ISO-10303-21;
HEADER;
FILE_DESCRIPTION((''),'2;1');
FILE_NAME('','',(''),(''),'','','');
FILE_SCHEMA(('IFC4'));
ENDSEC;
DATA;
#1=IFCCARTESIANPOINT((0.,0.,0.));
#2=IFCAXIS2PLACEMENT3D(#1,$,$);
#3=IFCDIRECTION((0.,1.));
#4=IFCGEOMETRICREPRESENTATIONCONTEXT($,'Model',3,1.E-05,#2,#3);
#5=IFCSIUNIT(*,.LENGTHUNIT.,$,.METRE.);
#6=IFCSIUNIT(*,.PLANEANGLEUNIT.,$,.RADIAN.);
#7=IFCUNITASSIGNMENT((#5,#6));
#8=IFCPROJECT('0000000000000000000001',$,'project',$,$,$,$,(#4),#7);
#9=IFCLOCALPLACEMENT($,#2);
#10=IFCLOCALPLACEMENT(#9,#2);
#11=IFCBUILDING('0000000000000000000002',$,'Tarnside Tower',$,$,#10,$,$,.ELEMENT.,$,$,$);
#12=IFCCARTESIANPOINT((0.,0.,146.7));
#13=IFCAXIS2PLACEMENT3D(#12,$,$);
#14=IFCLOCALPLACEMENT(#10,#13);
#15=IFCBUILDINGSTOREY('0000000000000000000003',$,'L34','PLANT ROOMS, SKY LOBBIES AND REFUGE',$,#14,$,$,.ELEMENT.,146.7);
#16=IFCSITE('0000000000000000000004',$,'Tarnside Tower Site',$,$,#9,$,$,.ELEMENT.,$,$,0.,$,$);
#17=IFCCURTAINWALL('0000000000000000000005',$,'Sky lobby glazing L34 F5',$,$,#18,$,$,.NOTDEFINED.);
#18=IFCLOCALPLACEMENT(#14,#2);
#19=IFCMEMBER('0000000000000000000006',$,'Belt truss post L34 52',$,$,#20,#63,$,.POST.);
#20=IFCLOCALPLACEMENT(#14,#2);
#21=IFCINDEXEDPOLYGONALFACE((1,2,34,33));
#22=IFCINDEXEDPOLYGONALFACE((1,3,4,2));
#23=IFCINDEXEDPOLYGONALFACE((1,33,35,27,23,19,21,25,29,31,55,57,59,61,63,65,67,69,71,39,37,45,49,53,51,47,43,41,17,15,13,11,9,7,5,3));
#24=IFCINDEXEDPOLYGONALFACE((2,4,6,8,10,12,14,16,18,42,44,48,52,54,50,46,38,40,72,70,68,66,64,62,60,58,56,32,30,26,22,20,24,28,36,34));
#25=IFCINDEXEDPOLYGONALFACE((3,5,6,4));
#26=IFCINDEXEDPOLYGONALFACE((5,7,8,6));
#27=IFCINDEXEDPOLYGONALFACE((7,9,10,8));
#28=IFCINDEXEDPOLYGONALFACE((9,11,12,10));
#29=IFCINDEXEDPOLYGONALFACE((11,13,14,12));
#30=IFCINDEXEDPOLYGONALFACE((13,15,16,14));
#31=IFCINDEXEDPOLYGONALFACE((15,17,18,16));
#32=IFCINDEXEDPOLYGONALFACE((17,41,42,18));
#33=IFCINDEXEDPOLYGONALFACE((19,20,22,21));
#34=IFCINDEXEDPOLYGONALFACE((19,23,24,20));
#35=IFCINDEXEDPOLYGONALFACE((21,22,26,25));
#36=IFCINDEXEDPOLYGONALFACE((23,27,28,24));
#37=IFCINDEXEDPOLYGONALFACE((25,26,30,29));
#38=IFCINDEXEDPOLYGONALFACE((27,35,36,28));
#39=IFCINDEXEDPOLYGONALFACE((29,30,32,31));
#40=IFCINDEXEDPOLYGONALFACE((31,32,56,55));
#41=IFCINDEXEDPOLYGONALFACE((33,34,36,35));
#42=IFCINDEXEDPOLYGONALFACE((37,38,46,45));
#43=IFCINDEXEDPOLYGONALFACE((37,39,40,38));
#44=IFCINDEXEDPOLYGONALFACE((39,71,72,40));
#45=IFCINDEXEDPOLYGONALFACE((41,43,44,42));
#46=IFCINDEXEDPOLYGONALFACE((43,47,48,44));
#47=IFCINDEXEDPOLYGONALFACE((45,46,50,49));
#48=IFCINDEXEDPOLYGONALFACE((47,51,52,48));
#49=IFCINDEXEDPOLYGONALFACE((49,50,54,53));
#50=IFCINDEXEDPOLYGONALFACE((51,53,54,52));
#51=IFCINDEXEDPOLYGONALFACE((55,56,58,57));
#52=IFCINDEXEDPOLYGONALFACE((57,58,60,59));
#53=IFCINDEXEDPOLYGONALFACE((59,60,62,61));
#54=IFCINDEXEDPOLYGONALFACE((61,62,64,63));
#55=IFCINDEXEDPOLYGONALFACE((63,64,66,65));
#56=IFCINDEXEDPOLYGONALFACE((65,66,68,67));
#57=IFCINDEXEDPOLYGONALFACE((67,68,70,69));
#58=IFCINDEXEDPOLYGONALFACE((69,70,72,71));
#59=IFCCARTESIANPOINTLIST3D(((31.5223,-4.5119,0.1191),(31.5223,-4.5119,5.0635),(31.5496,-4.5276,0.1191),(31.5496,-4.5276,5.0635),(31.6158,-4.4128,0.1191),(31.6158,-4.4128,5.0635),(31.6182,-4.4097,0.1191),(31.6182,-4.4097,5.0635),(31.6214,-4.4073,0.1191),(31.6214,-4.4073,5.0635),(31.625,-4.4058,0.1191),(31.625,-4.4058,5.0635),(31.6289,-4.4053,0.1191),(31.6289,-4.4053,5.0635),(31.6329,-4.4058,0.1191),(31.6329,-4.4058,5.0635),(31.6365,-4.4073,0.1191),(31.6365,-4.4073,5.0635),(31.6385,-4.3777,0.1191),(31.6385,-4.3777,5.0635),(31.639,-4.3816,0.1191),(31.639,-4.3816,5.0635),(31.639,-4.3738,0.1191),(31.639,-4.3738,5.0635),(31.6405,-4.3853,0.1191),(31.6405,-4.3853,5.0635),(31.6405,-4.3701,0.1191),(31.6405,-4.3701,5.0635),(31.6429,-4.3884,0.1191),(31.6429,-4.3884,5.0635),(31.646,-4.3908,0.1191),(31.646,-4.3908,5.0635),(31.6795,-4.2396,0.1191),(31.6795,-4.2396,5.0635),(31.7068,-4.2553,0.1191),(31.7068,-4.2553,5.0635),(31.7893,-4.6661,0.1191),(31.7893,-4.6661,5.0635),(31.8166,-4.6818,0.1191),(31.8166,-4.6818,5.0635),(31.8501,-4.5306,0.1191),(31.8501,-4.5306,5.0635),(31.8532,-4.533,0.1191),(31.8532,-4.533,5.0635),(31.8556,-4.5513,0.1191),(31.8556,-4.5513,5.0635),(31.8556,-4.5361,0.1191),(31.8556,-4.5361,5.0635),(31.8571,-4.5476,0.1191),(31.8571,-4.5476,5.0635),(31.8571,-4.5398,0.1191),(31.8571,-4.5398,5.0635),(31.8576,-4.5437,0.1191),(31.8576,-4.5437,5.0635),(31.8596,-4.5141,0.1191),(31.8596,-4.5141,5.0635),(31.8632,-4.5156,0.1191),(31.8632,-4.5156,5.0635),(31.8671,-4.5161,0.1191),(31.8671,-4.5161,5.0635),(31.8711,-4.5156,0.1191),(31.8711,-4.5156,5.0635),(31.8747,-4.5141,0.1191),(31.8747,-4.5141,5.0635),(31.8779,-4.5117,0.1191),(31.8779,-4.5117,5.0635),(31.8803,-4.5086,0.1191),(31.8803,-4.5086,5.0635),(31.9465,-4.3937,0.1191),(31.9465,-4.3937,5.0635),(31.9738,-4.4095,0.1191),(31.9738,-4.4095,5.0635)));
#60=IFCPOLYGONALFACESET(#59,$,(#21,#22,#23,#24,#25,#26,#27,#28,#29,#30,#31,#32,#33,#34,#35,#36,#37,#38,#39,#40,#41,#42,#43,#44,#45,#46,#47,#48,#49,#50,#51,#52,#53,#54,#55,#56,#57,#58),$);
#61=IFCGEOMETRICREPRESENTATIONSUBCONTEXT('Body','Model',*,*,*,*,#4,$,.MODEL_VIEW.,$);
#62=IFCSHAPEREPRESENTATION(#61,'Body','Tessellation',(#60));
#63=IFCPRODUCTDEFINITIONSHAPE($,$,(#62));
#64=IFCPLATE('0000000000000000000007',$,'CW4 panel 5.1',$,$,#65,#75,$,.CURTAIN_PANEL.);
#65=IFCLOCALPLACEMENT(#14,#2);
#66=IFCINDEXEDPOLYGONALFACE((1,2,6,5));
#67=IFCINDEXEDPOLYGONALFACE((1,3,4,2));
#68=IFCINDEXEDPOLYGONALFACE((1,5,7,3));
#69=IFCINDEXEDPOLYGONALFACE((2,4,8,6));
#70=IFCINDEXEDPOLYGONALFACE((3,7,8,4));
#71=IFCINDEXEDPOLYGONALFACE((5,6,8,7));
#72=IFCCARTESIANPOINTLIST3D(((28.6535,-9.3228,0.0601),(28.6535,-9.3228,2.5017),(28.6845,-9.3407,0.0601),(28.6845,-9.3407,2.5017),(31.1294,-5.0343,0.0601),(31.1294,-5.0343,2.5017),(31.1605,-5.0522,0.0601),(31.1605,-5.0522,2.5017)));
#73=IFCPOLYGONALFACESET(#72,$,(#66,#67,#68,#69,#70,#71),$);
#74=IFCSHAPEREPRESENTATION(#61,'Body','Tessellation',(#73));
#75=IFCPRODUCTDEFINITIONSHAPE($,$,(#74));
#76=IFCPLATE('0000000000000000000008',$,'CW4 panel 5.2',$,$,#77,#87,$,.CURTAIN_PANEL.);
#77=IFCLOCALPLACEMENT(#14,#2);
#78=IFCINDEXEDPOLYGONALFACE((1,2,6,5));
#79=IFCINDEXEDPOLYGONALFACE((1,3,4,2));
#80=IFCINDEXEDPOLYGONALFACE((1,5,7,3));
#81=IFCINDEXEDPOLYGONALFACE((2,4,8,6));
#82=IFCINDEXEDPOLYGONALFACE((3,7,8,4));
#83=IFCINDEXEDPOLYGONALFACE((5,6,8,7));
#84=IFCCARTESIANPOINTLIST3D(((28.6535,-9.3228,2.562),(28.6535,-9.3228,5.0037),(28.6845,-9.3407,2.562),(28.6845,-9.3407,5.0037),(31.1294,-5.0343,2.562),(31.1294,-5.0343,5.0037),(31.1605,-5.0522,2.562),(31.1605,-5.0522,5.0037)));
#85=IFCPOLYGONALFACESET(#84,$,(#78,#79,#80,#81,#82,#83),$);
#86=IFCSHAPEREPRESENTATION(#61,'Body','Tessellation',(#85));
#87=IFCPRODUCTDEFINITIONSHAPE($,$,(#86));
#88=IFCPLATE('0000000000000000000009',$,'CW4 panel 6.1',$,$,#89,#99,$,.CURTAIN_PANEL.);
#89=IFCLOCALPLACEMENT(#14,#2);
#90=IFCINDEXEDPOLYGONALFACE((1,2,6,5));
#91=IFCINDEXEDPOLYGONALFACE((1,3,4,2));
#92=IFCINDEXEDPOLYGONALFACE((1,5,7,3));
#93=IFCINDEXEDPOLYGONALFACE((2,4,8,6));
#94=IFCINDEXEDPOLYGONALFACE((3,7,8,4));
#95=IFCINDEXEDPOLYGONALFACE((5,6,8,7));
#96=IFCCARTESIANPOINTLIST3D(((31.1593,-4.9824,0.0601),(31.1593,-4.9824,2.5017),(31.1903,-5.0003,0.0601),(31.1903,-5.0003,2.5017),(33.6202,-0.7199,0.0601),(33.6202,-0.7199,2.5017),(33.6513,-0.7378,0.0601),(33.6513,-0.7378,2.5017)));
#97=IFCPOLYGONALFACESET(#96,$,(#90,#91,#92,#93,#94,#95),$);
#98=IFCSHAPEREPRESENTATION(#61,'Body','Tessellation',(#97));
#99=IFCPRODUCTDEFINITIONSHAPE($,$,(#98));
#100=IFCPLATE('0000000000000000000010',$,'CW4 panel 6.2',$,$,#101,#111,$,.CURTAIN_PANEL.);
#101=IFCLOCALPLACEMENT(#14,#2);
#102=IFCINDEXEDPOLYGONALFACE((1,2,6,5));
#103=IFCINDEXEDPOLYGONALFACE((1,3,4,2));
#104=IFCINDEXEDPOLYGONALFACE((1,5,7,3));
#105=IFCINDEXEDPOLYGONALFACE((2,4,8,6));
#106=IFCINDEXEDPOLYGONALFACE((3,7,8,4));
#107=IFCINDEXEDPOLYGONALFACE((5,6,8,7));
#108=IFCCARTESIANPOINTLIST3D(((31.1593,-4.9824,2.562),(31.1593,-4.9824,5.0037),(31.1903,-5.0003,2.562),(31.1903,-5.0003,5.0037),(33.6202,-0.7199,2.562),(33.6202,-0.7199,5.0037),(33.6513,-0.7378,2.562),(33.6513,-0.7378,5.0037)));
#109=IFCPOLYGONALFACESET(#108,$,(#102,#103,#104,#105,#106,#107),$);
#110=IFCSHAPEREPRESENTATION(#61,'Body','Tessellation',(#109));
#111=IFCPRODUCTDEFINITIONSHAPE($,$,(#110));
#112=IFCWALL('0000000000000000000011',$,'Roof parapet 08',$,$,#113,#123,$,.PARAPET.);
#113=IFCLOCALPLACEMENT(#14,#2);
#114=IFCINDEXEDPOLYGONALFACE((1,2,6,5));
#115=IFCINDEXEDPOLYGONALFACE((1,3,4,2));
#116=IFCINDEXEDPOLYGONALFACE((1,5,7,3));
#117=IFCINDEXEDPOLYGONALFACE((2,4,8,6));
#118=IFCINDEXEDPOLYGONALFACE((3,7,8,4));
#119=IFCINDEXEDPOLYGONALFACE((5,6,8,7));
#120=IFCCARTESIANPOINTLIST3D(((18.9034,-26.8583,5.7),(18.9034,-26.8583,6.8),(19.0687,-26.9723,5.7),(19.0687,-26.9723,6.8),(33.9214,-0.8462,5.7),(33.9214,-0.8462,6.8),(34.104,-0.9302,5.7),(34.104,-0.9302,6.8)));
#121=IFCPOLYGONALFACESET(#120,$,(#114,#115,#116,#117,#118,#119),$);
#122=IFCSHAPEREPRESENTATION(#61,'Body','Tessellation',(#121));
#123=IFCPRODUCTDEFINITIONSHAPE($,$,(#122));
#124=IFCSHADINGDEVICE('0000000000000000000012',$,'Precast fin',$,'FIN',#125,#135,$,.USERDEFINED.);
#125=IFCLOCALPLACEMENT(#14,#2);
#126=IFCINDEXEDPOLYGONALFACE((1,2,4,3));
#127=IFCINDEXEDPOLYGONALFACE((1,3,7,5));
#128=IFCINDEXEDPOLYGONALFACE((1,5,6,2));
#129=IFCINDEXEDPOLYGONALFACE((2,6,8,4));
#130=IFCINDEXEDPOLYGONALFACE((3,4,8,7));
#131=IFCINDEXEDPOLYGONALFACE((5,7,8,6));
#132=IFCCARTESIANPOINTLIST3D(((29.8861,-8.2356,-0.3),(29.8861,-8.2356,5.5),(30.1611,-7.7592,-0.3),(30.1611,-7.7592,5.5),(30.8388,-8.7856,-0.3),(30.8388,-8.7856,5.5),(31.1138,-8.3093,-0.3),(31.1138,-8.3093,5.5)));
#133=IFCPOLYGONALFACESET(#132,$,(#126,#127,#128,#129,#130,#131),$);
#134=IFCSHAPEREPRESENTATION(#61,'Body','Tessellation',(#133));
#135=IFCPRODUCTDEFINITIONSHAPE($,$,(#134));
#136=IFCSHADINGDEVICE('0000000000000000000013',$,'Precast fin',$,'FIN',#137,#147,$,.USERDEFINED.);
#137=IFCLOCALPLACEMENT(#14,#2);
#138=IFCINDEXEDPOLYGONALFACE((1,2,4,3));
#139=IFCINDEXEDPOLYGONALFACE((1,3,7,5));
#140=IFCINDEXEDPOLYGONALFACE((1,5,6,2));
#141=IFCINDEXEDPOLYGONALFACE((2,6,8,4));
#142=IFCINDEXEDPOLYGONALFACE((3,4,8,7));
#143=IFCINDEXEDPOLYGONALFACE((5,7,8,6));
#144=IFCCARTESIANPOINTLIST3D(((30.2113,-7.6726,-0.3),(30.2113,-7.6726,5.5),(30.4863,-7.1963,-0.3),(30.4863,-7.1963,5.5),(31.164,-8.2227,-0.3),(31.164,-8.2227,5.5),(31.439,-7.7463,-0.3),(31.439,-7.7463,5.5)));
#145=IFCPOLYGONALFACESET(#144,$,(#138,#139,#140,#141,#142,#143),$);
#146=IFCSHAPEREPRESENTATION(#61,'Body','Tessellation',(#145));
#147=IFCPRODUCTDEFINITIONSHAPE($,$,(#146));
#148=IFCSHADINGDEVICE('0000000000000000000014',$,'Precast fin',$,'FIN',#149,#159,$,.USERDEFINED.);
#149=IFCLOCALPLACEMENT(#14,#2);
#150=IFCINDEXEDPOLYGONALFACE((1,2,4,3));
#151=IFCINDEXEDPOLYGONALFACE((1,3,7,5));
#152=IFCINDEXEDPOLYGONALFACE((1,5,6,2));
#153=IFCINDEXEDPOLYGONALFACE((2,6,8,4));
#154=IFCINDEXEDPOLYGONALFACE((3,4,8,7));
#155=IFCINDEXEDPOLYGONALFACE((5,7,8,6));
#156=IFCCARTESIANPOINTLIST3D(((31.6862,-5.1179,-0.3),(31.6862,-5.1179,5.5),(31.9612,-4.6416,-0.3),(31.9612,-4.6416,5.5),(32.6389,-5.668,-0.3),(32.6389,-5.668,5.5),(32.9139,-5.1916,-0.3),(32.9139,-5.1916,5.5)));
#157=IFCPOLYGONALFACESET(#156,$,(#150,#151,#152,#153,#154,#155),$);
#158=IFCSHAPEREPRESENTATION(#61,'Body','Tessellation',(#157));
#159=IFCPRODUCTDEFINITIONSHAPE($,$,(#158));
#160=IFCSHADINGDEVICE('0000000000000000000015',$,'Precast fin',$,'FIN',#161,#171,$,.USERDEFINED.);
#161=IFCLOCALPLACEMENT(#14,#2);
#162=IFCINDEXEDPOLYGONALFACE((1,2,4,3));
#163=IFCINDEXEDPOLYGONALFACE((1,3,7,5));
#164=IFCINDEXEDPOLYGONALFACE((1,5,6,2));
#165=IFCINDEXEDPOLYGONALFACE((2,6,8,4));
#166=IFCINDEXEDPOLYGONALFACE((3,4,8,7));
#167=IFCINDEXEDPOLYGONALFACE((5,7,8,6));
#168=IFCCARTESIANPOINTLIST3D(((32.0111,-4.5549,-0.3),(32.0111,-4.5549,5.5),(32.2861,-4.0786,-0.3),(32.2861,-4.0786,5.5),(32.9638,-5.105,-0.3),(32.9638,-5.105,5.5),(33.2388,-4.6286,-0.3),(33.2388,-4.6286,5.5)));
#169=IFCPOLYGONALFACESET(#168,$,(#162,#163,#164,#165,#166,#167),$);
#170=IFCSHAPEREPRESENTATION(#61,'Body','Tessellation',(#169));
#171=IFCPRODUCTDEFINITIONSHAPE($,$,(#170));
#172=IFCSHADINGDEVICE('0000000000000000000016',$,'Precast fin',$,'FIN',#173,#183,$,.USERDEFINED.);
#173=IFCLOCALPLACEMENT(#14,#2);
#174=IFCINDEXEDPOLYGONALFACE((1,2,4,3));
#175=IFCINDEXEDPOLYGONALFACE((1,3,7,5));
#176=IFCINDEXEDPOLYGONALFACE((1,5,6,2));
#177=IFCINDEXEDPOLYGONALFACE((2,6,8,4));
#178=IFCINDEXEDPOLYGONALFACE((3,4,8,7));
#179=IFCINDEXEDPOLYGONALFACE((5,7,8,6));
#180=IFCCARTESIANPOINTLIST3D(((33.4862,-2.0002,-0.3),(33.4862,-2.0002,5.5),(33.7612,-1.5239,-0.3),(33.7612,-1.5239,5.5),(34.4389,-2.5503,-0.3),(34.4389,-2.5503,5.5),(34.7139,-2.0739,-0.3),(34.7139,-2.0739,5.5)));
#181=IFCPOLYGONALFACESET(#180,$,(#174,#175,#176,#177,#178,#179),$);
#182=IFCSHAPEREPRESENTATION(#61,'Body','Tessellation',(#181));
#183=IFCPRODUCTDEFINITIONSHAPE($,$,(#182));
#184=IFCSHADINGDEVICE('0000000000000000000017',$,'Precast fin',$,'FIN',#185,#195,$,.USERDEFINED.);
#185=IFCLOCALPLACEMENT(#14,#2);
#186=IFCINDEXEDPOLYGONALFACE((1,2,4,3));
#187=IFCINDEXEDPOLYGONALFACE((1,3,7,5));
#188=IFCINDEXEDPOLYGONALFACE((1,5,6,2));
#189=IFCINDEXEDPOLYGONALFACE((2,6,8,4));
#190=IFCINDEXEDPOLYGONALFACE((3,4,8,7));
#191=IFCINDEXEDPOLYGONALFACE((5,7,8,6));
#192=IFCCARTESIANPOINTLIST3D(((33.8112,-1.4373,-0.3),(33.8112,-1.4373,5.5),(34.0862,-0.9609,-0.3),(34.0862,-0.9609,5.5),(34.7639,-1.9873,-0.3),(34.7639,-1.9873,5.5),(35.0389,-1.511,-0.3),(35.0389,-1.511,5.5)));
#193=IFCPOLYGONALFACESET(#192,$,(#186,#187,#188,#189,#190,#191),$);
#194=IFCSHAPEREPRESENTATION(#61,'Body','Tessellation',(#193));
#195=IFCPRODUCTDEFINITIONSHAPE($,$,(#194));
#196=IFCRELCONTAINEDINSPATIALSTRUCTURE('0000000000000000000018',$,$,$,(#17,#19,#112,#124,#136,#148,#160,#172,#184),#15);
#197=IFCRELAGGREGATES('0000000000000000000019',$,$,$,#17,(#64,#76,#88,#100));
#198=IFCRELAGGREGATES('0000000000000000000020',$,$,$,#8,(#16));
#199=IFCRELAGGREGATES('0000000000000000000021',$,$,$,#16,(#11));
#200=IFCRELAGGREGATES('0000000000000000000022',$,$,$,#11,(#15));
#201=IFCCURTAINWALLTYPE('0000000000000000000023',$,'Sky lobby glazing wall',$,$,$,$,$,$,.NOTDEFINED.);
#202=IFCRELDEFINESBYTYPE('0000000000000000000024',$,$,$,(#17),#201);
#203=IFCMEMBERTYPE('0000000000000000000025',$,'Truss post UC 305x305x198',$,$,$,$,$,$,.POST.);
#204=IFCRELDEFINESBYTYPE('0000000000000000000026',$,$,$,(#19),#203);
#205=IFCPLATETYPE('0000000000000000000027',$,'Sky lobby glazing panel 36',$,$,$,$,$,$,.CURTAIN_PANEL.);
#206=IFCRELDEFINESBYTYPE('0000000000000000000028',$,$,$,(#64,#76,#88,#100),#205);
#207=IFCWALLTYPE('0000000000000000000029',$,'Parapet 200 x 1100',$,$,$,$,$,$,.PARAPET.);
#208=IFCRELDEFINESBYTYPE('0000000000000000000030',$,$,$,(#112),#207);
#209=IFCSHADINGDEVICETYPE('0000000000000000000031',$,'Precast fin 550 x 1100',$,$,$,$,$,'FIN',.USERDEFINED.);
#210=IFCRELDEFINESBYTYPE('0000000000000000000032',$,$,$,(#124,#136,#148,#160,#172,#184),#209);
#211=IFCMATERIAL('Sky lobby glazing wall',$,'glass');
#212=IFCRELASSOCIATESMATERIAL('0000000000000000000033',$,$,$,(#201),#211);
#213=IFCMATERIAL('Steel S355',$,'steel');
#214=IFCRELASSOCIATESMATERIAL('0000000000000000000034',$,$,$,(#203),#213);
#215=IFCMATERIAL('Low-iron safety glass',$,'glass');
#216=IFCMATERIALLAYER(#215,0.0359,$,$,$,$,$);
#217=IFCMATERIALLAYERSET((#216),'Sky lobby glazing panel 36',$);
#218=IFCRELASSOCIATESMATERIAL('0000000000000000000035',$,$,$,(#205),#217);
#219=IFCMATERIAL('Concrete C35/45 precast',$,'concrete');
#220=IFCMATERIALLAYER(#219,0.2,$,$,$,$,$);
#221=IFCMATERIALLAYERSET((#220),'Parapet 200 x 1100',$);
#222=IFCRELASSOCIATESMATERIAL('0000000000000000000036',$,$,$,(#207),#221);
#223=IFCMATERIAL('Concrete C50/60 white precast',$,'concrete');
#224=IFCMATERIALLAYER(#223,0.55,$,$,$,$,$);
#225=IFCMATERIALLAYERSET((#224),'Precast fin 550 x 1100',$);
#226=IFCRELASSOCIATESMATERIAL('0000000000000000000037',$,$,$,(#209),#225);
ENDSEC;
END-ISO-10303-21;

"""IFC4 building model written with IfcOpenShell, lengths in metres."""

from ifc_helpers import new_model, si_unit, direction, frame, origin, origin_2d, place, context, subcontext, project, spatial, polyline, rectangle, i_section, outline, extrude, material, layer, layer_set, material_profile, profile_set, type_object, element, aggregate, save


model = new_model("IFC4")

# Units and contexts
model_context = context("Model", 3, precision=1e-05, world=origin(), true_north=direction((0.0, 1.0)))
body_context = subcontext(model_context, "Body", "Model", "MODEL_VIEW")
ifc_project = project(units=[si_unit("LENGTHUNIT", "METRE"), si_unit("PLANEANGLEUNIT", "RADIAN")], contexts=[model_context])

# Site, building, storey
site_placement = place(None, origin())
site = spatial("IfcSite", under=ifc_project, at=site_placement, Name="Tarnside Tower Site", CompositionType="ELEMENT", RefElevation=0.0)
building_placement = place(site_placement, origin())
building = spatial("IfcBuilding", under=site, at=building_placement, Name="Tarnside Tower", CompositionType="ELEMENT")
storey_placement = place(building_placement, frame((0.0, 0.0, 146.7)))
storey = spatial("IfcBuildingStorey", under=building, at=storey_placement, Name="L34", Description="PLANT ROOMS, SKY LOBBIES AND REFUGE", CompositionType="ELEMENT", Elevation=146.7)

# Shared definitions
ifc_material_1 = material(Name="Steel S355", Category="steel")

# Curtain wall
ifc_material_2 = material(Name="Sky lobby glazing wall", Category="glass")
curtain_wall_type = type_object("IfcCurtainWallType", Name="Sky lobby glazing wall", PredefinedType="NOTDEFINED", material=ifc_material_2)
curtain_wall_placement = place(storey_placement, origin())
curtain_wall = element("IfcCurtainWall", 1, at=curtain_wall_placement, inside=storey, type_object=curtain_wall_type, Name="Sky lobby glazing L34 F5", PredefinedType="NOTDEFINED")

# Member
ifc_material_profile_1 = material_profile(ifc_material_1, i_section(OverallWidth=0.3145, OverallDepth=0.3398, WebThickness=0.019, FlangeThickness=0.0315, FilletRadius=0.0151, at=origin_2d()), Name="UC 305x305x198")
ifc_profile_set_1 = profile_set([ifc_material_profile_1], Name="Steel S355")
member_type_1 = type_object("IfcMemberType", Name="Truss post UC 305x305x198", PredefinedType="POST", material=ifc_profile_set_1)
for number, where, z_axis, x_axis, name in (
    (2, (31.748, -4.4607, 0.1191), (0.0, 0.0, 1.0), (0.5, 0.866025, 0.0), "Belt truss post L34 52"),
):
    element("IfcMember", number, at=place(storey_placement, frame(where, z_axis=z_axis, x_axis=x_axis)), inside=storey, type_object=member_type_1, Name=name, PredefinedType="POST", context=body_context, shape_type="SweptSolid", body=[
        extrude(i_section(OverallWidth=0.3145, OverallDepth=0.3398, WebThickness=0.019, FlangeThickness=0.0315, FilletRadius=0.0151, at=origin_2d()), origin(), (0.0, 0.0, 1.0), 4.9443),
    ])

# Plates
ifc_material_3 = material(Name="Low-iron safety glass", Category="glass")
ifc_layer_1 = layer(ifc_material_3, 0.0359)
ifc_layer_set_1 = layer_set([ifc_layer_1], Name="Sky lobby glazing panel 36")
plate_type = type_object("IfcPlateType", Name="Sky lobby glazing panel 36", PredefinedType="CURTAIN_PANEL", material=ifc_layer_set_1)
plate_1_placement = place(storey_placement, frame((29.907, -7.1875, 0.0601), z_axis=(0.0, 0.0, 1.0), x_axis=(0.5, 0.866025, 0.0)))
plate_1 = element("IfcPlate", 3, at=plate_1_placement, type_object=plate_type, Name="CW4 panel 5.1", PredefinedType="CURTAIN_PANEL", context=body_context, shape_type="SweptSolid", body=[
    extrude(rectangle(XDim=4.9519, YDim=0.0359, at=origin_2d()), origin(), (0.0, 0.0, 1.0), 2.4417),
])
plate_2_placement = place(storey_placement, frame((29.907, -7.1875, 2.562), z_axis=(0.0, 0.0, 1.0), x_axis=(0.5, 0.866025, 0.0)))
plate_2 = element("IfcPlate", 4, at=plate_2_placement, type_object=plate_type, Name="CW4 panel 5.2", PredefinedType="CURTAIN_PANEL", context=body_context, shape_type="SweptSolid", body=[
    extrude(rectangle(XDim=4.9519, YDim=0.0359, at=origin_2d()), origin(), (0.0, 0.0, 1.0), 2.4417),
])
plate_3_placement = place(storey_placement, frame((32.4053, -2.8601, 0.0601), z_axis=(0.0, 0.0, 1.0), x_axis=(0.5, 0.866025, 0.0)))
plate_3 = element("IfcPlate", 5, at=plate_3_placement, type_object=plate_type, Name="CW4 panel 6.1", PredefinedType="CURTAIN_PANEL", context=body_context, shape_type="SweptSolid", body=[
    extrude(rectangle(XDim=4.9219, YDim=0.0359, at=origin_2d()), origin(), (0.0, 0.0, 1.0), 2.4417),
])
plate_4_placement = place(storey_placement, frame((32.4053, -2.8601, 2.562), z_axis=(0.0, 0.0, 1.0), x_axis=(0.5, 0.866025, 0.0)))
plate_4 = element("IfcPlate", 6, at=plate_4_placement, type_object=plate_type, Name="CW4 panel 6.2", PredefinedType="CURTAIN_PANEL", context=body_context, shape_type="SweptSolid", body=[
    extrude(rectangle(XDim=4.9219, YDim=0.0359, at=origin_2d()), origin(), (0.0, 0.0, 1.0), 2.4417),
])
aggregate(curtain_wall, [plate_1, plate_2, plate_3, plate_4])

# Wall
ifc_material_4 = material(Name="Concrete C35/45 precast", Category="concrete")
ifc_layer_2 = layer(ifc_material_4, 0.2)
ifc_layer_set_2 = layer_set([ifc_layer_2], Name="Parapet 200 x 1100")
wall_type = type_object("IfcWallType", Name="Parapet 200 x 1100", PredefinedType="PARAPET", material=ifc_layer_set_2)
wall_placement = place(storey_placement, frame((34.0127, -0.8882, 5.7), z_axis=(0.0, 0.0, 1.0), x_axis=(-0.499996, -0.866027, 0.0)))
element("IfcWall", 7, at=wall_placement, inside=storey, type_object=wall_type, Name="Roof parapet 08", PredefinedType="PARAPET", context=body_context, shape_type="SweptSolid", body=[
    extrude(outline(polyline([(0.0093, -0.1001), (30.0454, -0.1001), (30.0615, 0.1001), (-0.0093, 0.1001), (0.0093, -0.1001)])), origin(), (0.0, 0.0, 1.0), 1.1001),
])

# Shading devices
ifc_material_5 = material(Name="Concrete C50/60 white precast", Category="concrete")
ifc_layer_3 = layer(ifc_material_5, 0.55)
ifc_layer_set_3 = layer_set([ifc_layer_3], Name="Precast fin 550 x 1100")
shading_device_type = type_object("IfcShadingDeviceType", Name="Precast fin 550 x 1100", ElementType="FIN", PredefinedType="USERDEFINED", material=ifc_layer_set_3)
for number, where, z_axis, x_axis, name in (
    (8, (30.0237, -7.9973, -0.3), (-0.5, -0.866025, 0.0), (0.866025, -0.5, 0.0), "Precast fin"),
    (9, (30.3489, -7.4343, -0.3), (-0.5, -0.866025, 0.0), (0.866025, -0.5, 0.0), "Precast fin"),
    (10, (31.8237, -4.8796, -0.3), (-0.5, -0.866025, 0.0), (0.866025, -0.5, 0.0), "Precast fin"),
    (11, (32.1487, -4.3167, -0.3), (-0.5, -0.866025, 0.0), (0.866025, -0.5, 0.0), "Precast fin"),
    (12, (33.6238, -1.762, -0.3), (-0.5, -0.866025, 0.0), (0.866025, -0.5, 0.0), "Precast fin"),
    (13, (33.9487, -1.199, -0.3), (-0.5, -0.866025, 0.0), (0.866025, -0.5, 0.0), "Precast fin"),
):
    element("IfcShadingDevice", number, at=place(storey_placement, frame(where, z_axis=z_axis, x_axis=x_axis)), inside=storey, type_object=shading_device_type, Name=name, ObjectType="FIN", PredefinedType="USERDEFINED", context=body_context, shape_type="SweptSolid", body=[
        extrude(outline(polyline([(0.0, 0.0), (1.1001, 0.0), (1.1001, 5.8), (0.0, 5.8), (0.0, 0.0)])), frame((0.0, 0.0, -0.2749)), (0.0, 0.0, 1.0), 0.55),
    ])

save(model, "model.ifc")
